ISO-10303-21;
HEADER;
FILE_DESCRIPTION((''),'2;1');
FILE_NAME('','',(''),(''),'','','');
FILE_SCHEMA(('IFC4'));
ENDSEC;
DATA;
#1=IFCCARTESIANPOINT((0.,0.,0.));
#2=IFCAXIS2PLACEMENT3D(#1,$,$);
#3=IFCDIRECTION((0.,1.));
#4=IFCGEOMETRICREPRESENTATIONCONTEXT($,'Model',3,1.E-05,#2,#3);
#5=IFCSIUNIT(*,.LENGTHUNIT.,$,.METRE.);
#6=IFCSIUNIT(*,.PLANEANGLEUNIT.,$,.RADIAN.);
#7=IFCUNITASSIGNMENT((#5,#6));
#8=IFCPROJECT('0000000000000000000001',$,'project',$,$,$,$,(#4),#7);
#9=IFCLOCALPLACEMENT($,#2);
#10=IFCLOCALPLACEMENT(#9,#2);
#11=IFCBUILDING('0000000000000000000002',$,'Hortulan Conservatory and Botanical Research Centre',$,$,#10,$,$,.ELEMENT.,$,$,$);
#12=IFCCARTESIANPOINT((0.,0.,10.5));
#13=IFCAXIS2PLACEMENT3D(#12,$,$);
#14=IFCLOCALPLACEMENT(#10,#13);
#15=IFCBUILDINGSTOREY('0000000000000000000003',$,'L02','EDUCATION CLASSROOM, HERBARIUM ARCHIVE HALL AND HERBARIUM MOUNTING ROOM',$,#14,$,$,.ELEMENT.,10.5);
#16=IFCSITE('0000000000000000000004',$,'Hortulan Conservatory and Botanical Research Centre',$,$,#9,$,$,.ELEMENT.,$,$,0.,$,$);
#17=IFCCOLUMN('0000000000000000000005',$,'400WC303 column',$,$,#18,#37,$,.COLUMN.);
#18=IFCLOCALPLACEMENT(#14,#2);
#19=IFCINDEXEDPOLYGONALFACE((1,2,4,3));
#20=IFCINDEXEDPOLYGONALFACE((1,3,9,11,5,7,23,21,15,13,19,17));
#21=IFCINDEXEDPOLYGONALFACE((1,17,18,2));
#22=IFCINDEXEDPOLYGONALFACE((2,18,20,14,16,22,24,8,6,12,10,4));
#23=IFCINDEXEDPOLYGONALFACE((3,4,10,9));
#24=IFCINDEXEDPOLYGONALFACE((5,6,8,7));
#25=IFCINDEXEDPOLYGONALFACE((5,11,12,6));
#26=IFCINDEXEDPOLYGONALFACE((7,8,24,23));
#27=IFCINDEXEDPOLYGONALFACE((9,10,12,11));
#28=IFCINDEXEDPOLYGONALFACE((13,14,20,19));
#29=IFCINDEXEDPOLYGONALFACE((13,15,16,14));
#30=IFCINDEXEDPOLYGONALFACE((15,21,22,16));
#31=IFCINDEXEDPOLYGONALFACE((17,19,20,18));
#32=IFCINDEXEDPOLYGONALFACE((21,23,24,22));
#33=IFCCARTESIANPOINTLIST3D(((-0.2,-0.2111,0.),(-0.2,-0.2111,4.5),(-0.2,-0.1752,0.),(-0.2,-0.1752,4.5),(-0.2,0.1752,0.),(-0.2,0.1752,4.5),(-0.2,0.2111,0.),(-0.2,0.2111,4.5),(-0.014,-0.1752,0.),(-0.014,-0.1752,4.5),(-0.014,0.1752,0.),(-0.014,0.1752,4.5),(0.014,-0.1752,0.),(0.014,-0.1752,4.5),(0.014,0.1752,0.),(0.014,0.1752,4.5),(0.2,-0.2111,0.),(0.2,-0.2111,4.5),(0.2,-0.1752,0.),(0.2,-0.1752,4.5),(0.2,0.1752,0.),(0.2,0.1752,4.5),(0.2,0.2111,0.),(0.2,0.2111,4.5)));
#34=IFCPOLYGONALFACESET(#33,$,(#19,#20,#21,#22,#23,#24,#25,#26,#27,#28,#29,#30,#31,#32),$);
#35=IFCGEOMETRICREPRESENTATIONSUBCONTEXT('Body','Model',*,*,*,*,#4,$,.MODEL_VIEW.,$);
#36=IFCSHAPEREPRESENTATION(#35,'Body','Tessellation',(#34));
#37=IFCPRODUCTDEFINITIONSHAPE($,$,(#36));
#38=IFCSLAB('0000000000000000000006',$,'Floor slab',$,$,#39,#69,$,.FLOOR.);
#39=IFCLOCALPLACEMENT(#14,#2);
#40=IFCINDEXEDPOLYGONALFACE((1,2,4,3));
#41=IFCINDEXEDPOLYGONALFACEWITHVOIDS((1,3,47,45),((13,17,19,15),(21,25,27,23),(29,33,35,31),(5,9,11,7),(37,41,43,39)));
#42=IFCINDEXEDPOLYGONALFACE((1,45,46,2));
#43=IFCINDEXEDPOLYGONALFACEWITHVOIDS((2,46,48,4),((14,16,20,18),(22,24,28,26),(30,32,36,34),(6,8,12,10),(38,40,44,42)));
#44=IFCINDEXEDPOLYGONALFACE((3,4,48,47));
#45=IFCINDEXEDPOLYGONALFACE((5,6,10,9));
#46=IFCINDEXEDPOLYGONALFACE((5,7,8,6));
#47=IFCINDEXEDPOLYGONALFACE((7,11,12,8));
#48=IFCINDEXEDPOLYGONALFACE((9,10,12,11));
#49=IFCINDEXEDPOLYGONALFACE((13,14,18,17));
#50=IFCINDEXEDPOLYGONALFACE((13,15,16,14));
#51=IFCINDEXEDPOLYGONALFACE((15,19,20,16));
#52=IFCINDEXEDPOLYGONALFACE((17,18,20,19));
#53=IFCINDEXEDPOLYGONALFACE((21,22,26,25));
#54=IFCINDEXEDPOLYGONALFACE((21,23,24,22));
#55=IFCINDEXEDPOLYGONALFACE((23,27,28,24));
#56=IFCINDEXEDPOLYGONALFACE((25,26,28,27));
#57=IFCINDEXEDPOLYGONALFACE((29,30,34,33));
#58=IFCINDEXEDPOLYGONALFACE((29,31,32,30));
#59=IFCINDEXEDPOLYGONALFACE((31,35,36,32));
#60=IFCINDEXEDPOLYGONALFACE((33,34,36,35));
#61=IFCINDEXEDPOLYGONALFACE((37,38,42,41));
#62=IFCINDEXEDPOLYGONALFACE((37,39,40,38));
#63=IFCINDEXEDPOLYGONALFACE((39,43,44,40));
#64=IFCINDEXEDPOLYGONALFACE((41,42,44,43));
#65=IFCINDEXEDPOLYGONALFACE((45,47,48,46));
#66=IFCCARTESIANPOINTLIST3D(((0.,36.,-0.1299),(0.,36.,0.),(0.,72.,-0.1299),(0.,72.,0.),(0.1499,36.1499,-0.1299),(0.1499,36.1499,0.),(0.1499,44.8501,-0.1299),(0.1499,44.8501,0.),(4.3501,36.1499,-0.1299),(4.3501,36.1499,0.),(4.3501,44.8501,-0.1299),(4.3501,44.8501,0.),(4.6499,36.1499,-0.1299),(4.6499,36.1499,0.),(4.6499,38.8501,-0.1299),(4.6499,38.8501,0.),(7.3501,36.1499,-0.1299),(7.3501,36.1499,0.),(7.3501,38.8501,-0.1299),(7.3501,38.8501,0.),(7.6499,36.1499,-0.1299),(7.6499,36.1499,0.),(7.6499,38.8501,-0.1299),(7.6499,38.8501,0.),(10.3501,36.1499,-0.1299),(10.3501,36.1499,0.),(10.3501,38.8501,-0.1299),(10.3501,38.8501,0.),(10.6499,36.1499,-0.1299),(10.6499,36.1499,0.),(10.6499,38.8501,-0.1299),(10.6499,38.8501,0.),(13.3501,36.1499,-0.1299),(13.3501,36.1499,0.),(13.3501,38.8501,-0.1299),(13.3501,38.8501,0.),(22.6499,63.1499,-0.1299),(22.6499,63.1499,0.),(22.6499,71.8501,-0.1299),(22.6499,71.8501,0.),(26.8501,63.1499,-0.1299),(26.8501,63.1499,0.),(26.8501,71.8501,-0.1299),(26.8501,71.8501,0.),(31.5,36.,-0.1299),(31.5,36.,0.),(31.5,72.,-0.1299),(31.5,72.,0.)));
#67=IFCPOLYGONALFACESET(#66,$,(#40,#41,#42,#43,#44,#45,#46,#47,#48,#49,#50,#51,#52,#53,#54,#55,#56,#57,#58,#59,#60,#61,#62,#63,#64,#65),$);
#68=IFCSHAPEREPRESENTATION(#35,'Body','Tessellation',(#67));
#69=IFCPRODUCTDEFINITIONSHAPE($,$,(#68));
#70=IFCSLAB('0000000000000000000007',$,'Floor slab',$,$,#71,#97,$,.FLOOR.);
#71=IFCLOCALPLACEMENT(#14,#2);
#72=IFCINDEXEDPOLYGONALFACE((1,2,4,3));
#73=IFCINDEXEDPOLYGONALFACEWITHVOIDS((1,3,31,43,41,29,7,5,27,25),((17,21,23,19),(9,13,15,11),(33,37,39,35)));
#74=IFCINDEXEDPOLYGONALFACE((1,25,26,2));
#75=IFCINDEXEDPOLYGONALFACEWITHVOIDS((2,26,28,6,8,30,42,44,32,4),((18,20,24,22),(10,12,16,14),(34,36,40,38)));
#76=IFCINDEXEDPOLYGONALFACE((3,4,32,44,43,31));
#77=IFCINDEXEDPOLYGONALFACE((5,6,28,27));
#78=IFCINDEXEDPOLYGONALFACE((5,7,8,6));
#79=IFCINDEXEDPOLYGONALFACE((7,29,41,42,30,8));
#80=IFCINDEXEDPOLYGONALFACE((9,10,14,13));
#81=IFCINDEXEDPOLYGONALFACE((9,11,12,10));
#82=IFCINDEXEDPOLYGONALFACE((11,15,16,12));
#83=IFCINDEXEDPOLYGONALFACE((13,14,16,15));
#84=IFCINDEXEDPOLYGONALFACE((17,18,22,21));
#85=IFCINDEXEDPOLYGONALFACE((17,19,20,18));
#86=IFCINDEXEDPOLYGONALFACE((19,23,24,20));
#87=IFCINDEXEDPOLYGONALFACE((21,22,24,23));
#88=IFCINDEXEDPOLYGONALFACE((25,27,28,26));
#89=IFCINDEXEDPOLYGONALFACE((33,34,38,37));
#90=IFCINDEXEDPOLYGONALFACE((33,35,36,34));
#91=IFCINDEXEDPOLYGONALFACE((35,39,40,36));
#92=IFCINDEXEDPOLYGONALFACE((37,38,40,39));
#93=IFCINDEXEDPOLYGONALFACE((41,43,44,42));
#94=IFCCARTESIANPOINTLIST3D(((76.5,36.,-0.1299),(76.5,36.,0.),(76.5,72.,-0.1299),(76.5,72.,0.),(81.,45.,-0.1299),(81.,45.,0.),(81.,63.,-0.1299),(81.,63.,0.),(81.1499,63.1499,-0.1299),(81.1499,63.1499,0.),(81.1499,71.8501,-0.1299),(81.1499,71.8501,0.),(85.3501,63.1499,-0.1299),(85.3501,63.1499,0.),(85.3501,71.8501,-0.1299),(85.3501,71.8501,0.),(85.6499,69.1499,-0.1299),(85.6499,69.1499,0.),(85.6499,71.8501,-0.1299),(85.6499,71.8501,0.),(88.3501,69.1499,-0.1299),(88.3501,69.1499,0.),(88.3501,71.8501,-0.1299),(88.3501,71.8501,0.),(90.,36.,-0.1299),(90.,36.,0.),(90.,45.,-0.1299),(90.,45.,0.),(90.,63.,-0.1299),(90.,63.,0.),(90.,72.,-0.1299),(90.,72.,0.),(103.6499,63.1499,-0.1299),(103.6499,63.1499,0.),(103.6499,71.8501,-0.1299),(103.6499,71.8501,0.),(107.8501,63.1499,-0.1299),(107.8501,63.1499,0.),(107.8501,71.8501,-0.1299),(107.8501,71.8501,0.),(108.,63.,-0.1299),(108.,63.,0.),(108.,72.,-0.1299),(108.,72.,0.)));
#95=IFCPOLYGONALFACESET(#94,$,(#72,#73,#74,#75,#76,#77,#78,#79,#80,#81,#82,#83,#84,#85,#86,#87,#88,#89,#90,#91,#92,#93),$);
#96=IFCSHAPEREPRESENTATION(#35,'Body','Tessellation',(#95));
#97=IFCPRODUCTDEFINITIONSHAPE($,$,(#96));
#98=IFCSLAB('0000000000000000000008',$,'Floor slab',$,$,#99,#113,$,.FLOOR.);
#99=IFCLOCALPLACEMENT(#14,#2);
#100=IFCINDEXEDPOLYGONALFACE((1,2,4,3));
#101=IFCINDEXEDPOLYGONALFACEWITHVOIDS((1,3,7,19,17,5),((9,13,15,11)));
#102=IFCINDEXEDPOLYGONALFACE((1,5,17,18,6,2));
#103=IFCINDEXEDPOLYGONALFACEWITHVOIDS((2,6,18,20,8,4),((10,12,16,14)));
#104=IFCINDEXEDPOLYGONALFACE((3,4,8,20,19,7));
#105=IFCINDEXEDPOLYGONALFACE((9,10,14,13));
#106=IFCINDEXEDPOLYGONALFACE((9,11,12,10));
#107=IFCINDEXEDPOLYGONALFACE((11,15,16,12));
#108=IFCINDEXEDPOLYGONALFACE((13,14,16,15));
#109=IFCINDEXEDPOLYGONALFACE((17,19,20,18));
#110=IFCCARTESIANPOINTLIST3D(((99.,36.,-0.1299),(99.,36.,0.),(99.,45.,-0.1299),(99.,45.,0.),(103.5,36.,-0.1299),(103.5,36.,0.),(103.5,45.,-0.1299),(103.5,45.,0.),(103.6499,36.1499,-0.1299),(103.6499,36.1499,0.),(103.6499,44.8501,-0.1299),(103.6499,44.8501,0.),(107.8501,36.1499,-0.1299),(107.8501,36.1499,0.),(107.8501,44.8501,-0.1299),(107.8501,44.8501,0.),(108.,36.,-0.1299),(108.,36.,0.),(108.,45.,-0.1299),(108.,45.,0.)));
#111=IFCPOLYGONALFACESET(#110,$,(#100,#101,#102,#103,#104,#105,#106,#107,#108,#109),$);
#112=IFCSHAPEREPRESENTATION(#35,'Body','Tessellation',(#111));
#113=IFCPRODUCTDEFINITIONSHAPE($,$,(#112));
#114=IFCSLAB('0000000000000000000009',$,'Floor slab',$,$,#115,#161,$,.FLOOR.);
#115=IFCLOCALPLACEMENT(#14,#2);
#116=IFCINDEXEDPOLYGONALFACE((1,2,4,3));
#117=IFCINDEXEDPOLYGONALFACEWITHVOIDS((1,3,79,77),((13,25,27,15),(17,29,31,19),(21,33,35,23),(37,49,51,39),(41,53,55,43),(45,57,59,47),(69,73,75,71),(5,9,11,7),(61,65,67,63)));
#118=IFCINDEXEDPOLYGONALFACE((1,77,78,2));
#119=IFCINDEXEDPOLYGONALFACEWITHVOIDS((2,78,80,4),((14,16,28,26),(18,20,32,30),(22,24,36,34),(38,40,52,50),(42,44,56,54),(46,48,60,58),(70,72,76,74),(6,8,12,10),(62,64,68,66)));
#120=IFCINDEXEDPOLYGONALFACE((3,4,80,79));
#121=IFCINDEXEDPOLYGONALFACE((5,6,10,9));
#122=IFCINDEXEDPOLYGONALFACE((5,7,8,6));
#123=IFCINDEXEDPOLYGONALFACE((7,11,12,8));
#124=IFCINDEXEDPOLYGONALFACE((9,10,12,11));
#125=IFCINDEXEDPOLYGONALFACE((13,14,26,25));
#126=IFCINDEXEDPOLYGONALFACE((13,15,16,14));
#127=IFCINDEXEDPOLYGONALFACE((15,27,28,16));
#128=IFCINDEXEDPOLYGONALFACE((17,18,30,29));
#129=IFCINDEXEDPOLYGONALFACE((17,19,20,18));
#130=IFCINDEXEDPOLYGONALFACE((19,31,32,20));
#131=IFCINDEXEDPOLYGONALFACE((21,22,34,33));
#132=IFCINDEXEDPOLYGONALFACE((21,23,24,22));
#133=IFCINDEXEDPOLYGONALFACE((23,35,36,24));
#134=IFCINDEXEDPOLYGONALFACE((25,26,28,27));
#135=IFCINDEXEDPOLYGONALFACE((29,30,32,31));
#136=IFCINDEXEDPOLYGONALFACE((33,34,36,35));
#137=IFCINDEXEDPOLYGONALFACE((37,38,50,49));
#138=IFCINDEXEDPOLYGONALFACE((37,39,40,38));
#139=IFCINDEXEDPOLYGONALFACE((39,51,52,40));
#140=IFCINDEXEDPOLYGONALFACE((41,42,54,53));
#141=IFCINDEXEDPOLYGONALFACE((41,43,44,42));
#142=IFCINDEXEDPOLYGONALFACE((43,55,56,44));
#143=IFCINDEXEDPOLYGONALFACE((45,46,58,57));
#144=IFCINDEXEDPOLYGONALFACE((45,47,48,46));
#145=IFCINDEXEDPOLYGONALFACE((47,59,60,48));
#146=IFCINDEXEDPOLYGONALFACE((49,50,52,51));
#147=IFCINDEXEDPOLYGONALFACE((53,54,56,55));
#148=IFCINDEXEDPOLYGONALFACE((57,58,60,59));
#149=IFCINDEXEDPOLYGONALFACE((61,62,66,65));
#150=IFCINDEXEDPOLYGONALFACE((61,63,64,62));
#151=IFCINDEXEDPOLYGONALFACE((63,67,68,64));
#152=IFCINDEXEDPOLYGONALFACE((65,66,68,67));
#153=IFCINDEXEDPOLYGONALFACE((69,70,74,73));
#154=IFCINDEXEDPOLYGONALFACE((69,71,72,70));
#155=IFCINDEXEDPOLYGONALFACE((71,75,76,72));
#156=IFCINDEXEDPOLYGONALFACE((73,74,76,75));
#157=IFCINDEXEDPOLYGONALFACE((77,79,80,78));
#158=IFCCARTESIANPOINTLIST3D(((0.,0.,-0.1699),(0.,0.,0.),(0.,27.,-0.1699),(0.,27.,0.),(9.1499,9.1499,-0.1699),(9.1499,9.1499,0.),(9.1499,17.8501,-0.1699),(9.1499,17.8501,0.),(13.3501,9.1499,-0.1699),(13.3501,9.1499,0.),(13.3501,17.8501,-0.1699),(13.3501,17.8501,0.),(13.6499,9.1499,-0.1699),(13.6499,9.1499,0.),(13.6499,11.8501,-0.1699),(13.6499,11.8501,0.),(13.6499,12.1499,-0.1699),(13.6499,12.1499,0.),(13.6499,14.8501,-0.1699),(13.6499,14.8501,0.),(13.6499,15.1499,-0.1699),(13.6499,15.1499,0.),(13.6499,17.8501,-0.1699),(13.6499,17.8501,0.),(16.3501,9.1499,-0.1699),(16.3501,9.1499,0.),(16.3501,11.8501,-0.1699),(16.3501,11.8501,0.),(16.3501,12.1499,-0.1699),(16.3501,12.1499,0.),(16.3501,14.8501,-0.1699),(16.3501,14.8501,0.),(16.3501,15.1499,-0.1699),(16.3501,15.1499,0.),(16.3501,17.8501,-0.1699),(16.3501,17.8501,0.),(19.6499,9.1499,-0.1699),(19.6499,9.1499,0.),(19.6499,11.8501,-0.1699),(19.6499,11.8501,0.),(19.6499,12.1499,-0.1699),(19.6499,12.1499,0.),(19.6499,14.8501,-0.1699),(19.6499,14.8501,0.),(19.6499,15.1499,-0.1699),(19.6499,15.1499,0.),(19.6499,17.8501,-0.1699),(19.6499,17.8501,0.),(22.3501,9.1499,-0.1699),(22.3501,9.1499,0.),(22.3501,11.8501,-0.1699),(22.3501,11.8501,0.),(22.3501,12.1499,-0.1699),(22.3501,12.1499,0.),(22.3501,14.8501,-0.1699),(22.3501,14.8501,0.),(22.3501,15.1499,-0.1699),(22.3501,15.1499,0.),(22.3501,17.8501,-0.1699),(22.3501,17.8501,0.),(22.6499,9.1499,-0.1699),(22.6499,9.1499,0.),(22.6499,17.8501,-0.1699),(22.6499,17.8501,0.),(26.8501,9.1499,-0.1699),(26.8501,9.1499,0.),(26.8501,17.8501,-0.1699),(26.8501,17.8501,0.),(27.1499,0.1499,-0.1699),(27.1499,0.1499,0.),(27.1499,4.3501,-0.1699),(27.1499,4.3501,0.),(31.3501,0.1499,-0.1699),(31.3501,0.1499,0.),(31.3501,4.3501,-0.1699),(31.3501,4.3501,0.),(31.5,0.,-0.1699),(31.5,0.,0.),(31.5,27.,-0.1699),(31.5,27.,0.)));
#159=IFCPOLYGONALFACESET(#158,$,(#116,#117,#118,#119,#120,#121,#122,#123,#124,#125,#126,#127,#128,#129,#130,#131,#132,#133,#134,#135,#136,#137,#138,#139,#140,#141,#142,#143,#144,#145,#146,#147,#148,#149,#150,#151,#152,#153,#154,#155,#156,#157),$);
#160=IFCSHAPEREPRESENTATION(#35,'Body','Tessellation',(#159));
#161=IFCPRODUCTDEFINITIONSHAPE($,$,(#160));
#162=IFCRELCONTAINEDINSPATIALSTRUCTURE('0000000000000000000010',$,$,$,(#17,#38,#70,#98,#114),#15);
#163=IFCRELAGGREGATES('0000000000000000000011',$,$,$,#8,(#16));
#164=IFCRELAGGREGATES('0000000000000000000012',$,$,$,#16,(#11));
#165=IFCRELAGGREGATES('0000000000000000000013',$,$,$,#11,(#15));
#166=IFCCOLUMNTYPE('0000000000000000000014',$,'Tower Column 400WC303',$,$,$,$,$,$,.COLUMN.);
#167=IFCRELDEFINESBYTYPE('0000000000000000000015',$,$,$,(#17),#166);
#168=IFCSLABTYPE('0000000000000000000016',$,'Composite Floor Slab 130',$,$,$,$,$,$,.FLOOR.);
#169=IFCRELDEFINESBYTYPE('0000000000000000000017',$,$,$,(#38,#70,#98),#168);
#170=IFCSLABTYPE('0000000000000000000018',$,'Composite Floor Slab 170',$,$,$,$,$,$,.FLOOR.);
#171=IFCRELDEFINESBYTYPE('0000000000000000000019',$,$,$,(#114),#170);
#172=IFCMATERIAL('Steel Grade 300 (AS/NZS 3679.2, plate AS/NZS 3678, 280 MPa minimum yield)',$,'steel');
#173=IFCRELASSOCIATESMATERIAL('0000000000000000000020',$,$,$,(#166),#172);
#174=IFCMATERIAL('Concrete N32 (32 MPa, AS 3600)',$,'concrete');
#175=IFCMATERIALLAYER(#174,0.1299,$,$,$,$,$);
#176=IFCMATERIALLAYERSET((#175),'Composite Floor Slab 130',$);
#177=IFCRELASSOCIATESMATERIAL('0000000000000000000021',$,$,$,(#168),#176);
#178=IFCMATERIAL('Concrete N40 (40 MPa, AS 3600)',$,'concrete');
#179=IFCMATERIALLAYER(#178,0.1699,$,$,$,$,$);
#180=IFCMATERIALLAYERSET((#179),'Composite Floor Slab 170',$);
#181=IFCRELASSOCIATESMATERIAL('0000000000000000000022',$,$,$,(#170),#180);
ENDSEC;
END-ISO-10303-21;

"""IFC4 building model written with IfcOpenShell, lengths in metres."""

from ifc_helpers import new_model, si_unit, direction, frame, origin, origin_with_axes, origin_2d, place, context, subcontext, project, spatial, polyline, i_section, outline, extrude, material, layer, layer_set, material_profile, profile_set, type_object, element, save


model = new_model("IFC4")

# Units and contexts
model_context = context("Model", 3, precision=1e-05, world=origin(), true_north=direction((0.0, 1.0)))
body_context = subcontext(model_context, "Body", "Model", "MODEL_VIEW")
ifc_project = project(units=[si_unit("LENGTHUNIT", "METRE"), si_unit("PLANEANGLEUNIT", "RADIAN")], contexts=[model_context])

# Site, building, storey
site_placement = place(None, origin())
site = spatial("IfcSite", under=ifc_project, at=site_placement, Name="Hortulan Conservatory and Botanical Research Centre", CompositionType="ELEMENT", RefElevation=0.0)
building_placement = place(site_placement, origin())
building = spatial("IfcBuilding", under=site, at=building_placement, Name="Hortulan Conservatory and Botanical Research Centre", CompositionType="ELEMENT")
storey_placement = place(building_placement, frame((0.0, 0.0, 10.5)))
storey = spatial("IfcBuildingStorey", under=building, at=storey_placement, Name="L02", Description="EDUCATION CLASSROOM, HERBARIUM ARCHIVE HALL AND HERBARIUM MOUNTING ROOM", CompositionType="ELEMENT", Elevation=10.5)

# Column
ifc_material_1 = material(Name="Steel Grade 300 (AS/NZS 3679.2, plate AS/NZS 3678, 280 MPa minimum yield)", Category="steel")
ifc_material_profile = material_profile(ifc_material_1, i_section(OverallWidth=0.3999, OverallDepth=0.4221, WebThickness=0.0281, FlangeThickness=0.0359, at=origin_2d()), Name="400WC303")
ifc_profile_set = profile_set([ifc_material_profile], Name="Steel Grade 300 (AS/NZS 3679.2, plate AS/NZS 3678, 280 MPa minimum yield)")
column_type = type_object("IfcColumnType", Name="Tower Column 400WC303", PredefinedType="COLUMN", material=ifc_profile_set)
column_placement = place(storey_placement, origin_with_axes())
element("IfcColumn", 1, at=column_placement, inside=storey, type_object=column_type, Name="400WC303 column", PredefinedType="COLUMN", context=body_context, shape_type="SweptSolid", body=[
    extrude(i_section(OverallWidth=0.3999, OverallDepth=0.4221, WebThickness=0.0281, FlangeThickness=0.0359, at=origin_2d()), origin(), (0.0, 0.0, 1.0), 4.5),
])

# Slabs
ifc_material_2 = material(Name="Concrete N32 (32 MPa, AS 3600)", Category="concrete")
ifc_layer_1 = layer(ifc_material_2, 0.1299)
ifc_layer_set_1 = layer_set([ifc_layer_1], Name="Composite Floor Slab 130")
slab_type_1 = type_object("IfcSlabType", Name="Composite Floor Slab 130", PredefinedType="FLOOR", material=ifc_layer_set_1)
slab_1_placement = place(storey_placement, frame((0.0, 0.0, -0.1299)))
element("IfcSlab", 2, at=slab_1_placement, inside=storey, type_object=slab_type_1, Name="Floor slab", PredefinedType="FLOOR", context=body_context, shape_type="SweptSolid", body=[
    extrude(outline(polyline([(0.0, 36.0), (31.5, 36.0), (31.5, 72.0), (0.0, 72.0), (0.0, 36.0)]), holes=[polyline([(4.6499, 36.1499), (7.3501, 36.1499), (7.3501, 38.8501), (4.6499, 38.8501), (4.6499, 36.1499)]), polyline([(7.6499, 36.1499), (10.3501, 36.1499), (10.3501, 38.8501), (7.6499, 38.8501), (7.6499, 36.1499)]), polyline([(10.6499, 36.1499), (13.3501, 36.1499), (13.3501, 38.8501), (10.6499, 38.8501), (10.6499, 36.1499)]), polyline([(0.1499, 44.8501), (0.1499, 36.1499), (4.3501, 36.1499), (4.3501, 44.8501), (0.1499, 44.8501)]), polyline([(22.6499, 71.8501), (22.6499, 63.1499), (26.8501, 63.1499), (26.8501, 71.8501), (22.6499, 71.8501)])]), origin(), (0.0, 0.0, 1.0), 0.1299),
])
slab_2_placement = place(storey_placement, frame((0.0, 0.0, -0.1299)))
element("IfcSlab", 3, at=slab_2_placement, inside=storey, type_object=slab_type_1, Name="Floor slab", PredefinedType="FLOOR", context=body_context, shape_type="SweptSolid", body=[
    extrude(outline(polyline([(90.0, 72.0), (76.5, 72.0), (76.5, 36.0), (90.0, 36.0), (90.0, 45.0), (81.0, 45.0), (81.0, 63.0), (90.0, 63.0), (108.0, 63.0), (108.0, 72.0), (90.0, 72.0)]), holes=[polyline([(81.1499, 63.1499), (85.3501, 63.1499), (85.3501, 71.8501), (81.1499, 71.8501), (81.1499, 63.1499)]), polyline([(103.6499, 71.8501), (103.6499, 63.1499), (107.8501, 63.1499), (107.8501, 71.8501), (103.6499, 71.8501)]), polyline([(85.6499, 71.8501), (85.6499, 69.1499), (88.3501, 69.1499), (88.3501, 71.8501), (85.6499, 71.8501)])]), origin(), (0.0, 0.0, 1.0), 0.1299),
])
slab_3_placement = place(storey_placement, frame((0.0, 0.0, -0.1299)))
element("IfcSlab", 4, at=slab_3_placement, inside=storey, type_object=slab_type_1, Name="Floor slab", PredefinedType="FLOOR", context=body_context, shape_type="SweptSolid", body=[
    extrude(outline(polyline([(103.5, 45.0), (99.0, 45.0), (99.0, 36.0), (103.5, 36.0), (108.0, 36.0), (108.0, 45.0), (103.5, 45.0)]), holes=[polyline([(103.6499, 36.1499), (107.8501, 36.1499), (107.8501, 44.8501), (103.6499, 44.8501), (103.6499, 36.1499)])]), origin(), (0.0, 0.0, 1.0), 0.1299),
])
ifc_material_3 = material(Name="Concrete N40 (40 MPa, AS 3600)", Category="concrete")
ifc_layer_2 = layer(ifc_material_3, 0.1699)
ifc_layer_set_2 = layer_set([ifc_layer_2], Name="Composite Floor Slab 170")
slab_type_2 = type_object("IfcSlabType", Name="Composite Floor Slab 170", PredefinedType="FLOOR", material=ifc_layer_set_2)
slab_4_placement = place(storey_placement, frame((0.0, 0.0, -0.1699)))
element("IfcSlab", 5, at=slab_4_placement, inside=storey, type_object=slab_type_2, Name="Floor slab", PredefinedType="FLOOR", context=body_context, shape_type="SweptSolid", body=[
    extrude(outline(polyline([(0.0, 0.0), (31.5, 0.0), (31.5, 27.0), (0.0, 27.0), (0.0, 0.0)]), holes=[polyline([(27.1499, 4.3501), (27.1499, 0.1499), (31.3501, 0.1499), (31.3501, 4.3501), (27.1499, 4.3501)]), polyline([(13.6499, 11.8501), (13.6499, 9.1499), (16.3501, 9.1499), (16.3501, 11.8501), (13.6499, 11.8501)]), polyline([(19.6499, 11.8501), (19.6499, 9.1499), (22.3501, 9.1499), (22.3501, 11.8501), (19.6499, 11.8501)]), polyline([(9.1499, 17.8501), (9.1499, 9.1499), (13.3501, 9.1499), (13.3501, 17.8501), (9.1499, 17.8501)]), polyline([(13.6499, 14.8501), (13.6499, 12.1499), (16.3501, 12.1499), (16.3501, 14.8501), (13.6499, 14.8501)]), polyline([(19.6499, 14.8501), (19.6499, 12.1499), (22.3501, 12.1499), (22.3501, 14.8501), (19.6499, 14.8501)]), polyline([(22.6499, 17.8501), (22.6499, 9.1499), (26.8501, 9.1499), (26.8501, 17.8501), (22.6499, 17.8501)]), polyline([(16.3501, 17.8501), (13.6499, 17.8501), (13.6499, 15.1499), (16.3501, 15.1499), (16.3501, 17.8501)]), polyline([(22.3501, 17.8501), (19.6499, 17.8501), (19.6499, 15.1499), (22.3501, 15.1499), (22.3501, 17.8501)])]), origin(), (0.0, 0.0, 1.0), 0.1699),
])

save(model, "model.ifc")
